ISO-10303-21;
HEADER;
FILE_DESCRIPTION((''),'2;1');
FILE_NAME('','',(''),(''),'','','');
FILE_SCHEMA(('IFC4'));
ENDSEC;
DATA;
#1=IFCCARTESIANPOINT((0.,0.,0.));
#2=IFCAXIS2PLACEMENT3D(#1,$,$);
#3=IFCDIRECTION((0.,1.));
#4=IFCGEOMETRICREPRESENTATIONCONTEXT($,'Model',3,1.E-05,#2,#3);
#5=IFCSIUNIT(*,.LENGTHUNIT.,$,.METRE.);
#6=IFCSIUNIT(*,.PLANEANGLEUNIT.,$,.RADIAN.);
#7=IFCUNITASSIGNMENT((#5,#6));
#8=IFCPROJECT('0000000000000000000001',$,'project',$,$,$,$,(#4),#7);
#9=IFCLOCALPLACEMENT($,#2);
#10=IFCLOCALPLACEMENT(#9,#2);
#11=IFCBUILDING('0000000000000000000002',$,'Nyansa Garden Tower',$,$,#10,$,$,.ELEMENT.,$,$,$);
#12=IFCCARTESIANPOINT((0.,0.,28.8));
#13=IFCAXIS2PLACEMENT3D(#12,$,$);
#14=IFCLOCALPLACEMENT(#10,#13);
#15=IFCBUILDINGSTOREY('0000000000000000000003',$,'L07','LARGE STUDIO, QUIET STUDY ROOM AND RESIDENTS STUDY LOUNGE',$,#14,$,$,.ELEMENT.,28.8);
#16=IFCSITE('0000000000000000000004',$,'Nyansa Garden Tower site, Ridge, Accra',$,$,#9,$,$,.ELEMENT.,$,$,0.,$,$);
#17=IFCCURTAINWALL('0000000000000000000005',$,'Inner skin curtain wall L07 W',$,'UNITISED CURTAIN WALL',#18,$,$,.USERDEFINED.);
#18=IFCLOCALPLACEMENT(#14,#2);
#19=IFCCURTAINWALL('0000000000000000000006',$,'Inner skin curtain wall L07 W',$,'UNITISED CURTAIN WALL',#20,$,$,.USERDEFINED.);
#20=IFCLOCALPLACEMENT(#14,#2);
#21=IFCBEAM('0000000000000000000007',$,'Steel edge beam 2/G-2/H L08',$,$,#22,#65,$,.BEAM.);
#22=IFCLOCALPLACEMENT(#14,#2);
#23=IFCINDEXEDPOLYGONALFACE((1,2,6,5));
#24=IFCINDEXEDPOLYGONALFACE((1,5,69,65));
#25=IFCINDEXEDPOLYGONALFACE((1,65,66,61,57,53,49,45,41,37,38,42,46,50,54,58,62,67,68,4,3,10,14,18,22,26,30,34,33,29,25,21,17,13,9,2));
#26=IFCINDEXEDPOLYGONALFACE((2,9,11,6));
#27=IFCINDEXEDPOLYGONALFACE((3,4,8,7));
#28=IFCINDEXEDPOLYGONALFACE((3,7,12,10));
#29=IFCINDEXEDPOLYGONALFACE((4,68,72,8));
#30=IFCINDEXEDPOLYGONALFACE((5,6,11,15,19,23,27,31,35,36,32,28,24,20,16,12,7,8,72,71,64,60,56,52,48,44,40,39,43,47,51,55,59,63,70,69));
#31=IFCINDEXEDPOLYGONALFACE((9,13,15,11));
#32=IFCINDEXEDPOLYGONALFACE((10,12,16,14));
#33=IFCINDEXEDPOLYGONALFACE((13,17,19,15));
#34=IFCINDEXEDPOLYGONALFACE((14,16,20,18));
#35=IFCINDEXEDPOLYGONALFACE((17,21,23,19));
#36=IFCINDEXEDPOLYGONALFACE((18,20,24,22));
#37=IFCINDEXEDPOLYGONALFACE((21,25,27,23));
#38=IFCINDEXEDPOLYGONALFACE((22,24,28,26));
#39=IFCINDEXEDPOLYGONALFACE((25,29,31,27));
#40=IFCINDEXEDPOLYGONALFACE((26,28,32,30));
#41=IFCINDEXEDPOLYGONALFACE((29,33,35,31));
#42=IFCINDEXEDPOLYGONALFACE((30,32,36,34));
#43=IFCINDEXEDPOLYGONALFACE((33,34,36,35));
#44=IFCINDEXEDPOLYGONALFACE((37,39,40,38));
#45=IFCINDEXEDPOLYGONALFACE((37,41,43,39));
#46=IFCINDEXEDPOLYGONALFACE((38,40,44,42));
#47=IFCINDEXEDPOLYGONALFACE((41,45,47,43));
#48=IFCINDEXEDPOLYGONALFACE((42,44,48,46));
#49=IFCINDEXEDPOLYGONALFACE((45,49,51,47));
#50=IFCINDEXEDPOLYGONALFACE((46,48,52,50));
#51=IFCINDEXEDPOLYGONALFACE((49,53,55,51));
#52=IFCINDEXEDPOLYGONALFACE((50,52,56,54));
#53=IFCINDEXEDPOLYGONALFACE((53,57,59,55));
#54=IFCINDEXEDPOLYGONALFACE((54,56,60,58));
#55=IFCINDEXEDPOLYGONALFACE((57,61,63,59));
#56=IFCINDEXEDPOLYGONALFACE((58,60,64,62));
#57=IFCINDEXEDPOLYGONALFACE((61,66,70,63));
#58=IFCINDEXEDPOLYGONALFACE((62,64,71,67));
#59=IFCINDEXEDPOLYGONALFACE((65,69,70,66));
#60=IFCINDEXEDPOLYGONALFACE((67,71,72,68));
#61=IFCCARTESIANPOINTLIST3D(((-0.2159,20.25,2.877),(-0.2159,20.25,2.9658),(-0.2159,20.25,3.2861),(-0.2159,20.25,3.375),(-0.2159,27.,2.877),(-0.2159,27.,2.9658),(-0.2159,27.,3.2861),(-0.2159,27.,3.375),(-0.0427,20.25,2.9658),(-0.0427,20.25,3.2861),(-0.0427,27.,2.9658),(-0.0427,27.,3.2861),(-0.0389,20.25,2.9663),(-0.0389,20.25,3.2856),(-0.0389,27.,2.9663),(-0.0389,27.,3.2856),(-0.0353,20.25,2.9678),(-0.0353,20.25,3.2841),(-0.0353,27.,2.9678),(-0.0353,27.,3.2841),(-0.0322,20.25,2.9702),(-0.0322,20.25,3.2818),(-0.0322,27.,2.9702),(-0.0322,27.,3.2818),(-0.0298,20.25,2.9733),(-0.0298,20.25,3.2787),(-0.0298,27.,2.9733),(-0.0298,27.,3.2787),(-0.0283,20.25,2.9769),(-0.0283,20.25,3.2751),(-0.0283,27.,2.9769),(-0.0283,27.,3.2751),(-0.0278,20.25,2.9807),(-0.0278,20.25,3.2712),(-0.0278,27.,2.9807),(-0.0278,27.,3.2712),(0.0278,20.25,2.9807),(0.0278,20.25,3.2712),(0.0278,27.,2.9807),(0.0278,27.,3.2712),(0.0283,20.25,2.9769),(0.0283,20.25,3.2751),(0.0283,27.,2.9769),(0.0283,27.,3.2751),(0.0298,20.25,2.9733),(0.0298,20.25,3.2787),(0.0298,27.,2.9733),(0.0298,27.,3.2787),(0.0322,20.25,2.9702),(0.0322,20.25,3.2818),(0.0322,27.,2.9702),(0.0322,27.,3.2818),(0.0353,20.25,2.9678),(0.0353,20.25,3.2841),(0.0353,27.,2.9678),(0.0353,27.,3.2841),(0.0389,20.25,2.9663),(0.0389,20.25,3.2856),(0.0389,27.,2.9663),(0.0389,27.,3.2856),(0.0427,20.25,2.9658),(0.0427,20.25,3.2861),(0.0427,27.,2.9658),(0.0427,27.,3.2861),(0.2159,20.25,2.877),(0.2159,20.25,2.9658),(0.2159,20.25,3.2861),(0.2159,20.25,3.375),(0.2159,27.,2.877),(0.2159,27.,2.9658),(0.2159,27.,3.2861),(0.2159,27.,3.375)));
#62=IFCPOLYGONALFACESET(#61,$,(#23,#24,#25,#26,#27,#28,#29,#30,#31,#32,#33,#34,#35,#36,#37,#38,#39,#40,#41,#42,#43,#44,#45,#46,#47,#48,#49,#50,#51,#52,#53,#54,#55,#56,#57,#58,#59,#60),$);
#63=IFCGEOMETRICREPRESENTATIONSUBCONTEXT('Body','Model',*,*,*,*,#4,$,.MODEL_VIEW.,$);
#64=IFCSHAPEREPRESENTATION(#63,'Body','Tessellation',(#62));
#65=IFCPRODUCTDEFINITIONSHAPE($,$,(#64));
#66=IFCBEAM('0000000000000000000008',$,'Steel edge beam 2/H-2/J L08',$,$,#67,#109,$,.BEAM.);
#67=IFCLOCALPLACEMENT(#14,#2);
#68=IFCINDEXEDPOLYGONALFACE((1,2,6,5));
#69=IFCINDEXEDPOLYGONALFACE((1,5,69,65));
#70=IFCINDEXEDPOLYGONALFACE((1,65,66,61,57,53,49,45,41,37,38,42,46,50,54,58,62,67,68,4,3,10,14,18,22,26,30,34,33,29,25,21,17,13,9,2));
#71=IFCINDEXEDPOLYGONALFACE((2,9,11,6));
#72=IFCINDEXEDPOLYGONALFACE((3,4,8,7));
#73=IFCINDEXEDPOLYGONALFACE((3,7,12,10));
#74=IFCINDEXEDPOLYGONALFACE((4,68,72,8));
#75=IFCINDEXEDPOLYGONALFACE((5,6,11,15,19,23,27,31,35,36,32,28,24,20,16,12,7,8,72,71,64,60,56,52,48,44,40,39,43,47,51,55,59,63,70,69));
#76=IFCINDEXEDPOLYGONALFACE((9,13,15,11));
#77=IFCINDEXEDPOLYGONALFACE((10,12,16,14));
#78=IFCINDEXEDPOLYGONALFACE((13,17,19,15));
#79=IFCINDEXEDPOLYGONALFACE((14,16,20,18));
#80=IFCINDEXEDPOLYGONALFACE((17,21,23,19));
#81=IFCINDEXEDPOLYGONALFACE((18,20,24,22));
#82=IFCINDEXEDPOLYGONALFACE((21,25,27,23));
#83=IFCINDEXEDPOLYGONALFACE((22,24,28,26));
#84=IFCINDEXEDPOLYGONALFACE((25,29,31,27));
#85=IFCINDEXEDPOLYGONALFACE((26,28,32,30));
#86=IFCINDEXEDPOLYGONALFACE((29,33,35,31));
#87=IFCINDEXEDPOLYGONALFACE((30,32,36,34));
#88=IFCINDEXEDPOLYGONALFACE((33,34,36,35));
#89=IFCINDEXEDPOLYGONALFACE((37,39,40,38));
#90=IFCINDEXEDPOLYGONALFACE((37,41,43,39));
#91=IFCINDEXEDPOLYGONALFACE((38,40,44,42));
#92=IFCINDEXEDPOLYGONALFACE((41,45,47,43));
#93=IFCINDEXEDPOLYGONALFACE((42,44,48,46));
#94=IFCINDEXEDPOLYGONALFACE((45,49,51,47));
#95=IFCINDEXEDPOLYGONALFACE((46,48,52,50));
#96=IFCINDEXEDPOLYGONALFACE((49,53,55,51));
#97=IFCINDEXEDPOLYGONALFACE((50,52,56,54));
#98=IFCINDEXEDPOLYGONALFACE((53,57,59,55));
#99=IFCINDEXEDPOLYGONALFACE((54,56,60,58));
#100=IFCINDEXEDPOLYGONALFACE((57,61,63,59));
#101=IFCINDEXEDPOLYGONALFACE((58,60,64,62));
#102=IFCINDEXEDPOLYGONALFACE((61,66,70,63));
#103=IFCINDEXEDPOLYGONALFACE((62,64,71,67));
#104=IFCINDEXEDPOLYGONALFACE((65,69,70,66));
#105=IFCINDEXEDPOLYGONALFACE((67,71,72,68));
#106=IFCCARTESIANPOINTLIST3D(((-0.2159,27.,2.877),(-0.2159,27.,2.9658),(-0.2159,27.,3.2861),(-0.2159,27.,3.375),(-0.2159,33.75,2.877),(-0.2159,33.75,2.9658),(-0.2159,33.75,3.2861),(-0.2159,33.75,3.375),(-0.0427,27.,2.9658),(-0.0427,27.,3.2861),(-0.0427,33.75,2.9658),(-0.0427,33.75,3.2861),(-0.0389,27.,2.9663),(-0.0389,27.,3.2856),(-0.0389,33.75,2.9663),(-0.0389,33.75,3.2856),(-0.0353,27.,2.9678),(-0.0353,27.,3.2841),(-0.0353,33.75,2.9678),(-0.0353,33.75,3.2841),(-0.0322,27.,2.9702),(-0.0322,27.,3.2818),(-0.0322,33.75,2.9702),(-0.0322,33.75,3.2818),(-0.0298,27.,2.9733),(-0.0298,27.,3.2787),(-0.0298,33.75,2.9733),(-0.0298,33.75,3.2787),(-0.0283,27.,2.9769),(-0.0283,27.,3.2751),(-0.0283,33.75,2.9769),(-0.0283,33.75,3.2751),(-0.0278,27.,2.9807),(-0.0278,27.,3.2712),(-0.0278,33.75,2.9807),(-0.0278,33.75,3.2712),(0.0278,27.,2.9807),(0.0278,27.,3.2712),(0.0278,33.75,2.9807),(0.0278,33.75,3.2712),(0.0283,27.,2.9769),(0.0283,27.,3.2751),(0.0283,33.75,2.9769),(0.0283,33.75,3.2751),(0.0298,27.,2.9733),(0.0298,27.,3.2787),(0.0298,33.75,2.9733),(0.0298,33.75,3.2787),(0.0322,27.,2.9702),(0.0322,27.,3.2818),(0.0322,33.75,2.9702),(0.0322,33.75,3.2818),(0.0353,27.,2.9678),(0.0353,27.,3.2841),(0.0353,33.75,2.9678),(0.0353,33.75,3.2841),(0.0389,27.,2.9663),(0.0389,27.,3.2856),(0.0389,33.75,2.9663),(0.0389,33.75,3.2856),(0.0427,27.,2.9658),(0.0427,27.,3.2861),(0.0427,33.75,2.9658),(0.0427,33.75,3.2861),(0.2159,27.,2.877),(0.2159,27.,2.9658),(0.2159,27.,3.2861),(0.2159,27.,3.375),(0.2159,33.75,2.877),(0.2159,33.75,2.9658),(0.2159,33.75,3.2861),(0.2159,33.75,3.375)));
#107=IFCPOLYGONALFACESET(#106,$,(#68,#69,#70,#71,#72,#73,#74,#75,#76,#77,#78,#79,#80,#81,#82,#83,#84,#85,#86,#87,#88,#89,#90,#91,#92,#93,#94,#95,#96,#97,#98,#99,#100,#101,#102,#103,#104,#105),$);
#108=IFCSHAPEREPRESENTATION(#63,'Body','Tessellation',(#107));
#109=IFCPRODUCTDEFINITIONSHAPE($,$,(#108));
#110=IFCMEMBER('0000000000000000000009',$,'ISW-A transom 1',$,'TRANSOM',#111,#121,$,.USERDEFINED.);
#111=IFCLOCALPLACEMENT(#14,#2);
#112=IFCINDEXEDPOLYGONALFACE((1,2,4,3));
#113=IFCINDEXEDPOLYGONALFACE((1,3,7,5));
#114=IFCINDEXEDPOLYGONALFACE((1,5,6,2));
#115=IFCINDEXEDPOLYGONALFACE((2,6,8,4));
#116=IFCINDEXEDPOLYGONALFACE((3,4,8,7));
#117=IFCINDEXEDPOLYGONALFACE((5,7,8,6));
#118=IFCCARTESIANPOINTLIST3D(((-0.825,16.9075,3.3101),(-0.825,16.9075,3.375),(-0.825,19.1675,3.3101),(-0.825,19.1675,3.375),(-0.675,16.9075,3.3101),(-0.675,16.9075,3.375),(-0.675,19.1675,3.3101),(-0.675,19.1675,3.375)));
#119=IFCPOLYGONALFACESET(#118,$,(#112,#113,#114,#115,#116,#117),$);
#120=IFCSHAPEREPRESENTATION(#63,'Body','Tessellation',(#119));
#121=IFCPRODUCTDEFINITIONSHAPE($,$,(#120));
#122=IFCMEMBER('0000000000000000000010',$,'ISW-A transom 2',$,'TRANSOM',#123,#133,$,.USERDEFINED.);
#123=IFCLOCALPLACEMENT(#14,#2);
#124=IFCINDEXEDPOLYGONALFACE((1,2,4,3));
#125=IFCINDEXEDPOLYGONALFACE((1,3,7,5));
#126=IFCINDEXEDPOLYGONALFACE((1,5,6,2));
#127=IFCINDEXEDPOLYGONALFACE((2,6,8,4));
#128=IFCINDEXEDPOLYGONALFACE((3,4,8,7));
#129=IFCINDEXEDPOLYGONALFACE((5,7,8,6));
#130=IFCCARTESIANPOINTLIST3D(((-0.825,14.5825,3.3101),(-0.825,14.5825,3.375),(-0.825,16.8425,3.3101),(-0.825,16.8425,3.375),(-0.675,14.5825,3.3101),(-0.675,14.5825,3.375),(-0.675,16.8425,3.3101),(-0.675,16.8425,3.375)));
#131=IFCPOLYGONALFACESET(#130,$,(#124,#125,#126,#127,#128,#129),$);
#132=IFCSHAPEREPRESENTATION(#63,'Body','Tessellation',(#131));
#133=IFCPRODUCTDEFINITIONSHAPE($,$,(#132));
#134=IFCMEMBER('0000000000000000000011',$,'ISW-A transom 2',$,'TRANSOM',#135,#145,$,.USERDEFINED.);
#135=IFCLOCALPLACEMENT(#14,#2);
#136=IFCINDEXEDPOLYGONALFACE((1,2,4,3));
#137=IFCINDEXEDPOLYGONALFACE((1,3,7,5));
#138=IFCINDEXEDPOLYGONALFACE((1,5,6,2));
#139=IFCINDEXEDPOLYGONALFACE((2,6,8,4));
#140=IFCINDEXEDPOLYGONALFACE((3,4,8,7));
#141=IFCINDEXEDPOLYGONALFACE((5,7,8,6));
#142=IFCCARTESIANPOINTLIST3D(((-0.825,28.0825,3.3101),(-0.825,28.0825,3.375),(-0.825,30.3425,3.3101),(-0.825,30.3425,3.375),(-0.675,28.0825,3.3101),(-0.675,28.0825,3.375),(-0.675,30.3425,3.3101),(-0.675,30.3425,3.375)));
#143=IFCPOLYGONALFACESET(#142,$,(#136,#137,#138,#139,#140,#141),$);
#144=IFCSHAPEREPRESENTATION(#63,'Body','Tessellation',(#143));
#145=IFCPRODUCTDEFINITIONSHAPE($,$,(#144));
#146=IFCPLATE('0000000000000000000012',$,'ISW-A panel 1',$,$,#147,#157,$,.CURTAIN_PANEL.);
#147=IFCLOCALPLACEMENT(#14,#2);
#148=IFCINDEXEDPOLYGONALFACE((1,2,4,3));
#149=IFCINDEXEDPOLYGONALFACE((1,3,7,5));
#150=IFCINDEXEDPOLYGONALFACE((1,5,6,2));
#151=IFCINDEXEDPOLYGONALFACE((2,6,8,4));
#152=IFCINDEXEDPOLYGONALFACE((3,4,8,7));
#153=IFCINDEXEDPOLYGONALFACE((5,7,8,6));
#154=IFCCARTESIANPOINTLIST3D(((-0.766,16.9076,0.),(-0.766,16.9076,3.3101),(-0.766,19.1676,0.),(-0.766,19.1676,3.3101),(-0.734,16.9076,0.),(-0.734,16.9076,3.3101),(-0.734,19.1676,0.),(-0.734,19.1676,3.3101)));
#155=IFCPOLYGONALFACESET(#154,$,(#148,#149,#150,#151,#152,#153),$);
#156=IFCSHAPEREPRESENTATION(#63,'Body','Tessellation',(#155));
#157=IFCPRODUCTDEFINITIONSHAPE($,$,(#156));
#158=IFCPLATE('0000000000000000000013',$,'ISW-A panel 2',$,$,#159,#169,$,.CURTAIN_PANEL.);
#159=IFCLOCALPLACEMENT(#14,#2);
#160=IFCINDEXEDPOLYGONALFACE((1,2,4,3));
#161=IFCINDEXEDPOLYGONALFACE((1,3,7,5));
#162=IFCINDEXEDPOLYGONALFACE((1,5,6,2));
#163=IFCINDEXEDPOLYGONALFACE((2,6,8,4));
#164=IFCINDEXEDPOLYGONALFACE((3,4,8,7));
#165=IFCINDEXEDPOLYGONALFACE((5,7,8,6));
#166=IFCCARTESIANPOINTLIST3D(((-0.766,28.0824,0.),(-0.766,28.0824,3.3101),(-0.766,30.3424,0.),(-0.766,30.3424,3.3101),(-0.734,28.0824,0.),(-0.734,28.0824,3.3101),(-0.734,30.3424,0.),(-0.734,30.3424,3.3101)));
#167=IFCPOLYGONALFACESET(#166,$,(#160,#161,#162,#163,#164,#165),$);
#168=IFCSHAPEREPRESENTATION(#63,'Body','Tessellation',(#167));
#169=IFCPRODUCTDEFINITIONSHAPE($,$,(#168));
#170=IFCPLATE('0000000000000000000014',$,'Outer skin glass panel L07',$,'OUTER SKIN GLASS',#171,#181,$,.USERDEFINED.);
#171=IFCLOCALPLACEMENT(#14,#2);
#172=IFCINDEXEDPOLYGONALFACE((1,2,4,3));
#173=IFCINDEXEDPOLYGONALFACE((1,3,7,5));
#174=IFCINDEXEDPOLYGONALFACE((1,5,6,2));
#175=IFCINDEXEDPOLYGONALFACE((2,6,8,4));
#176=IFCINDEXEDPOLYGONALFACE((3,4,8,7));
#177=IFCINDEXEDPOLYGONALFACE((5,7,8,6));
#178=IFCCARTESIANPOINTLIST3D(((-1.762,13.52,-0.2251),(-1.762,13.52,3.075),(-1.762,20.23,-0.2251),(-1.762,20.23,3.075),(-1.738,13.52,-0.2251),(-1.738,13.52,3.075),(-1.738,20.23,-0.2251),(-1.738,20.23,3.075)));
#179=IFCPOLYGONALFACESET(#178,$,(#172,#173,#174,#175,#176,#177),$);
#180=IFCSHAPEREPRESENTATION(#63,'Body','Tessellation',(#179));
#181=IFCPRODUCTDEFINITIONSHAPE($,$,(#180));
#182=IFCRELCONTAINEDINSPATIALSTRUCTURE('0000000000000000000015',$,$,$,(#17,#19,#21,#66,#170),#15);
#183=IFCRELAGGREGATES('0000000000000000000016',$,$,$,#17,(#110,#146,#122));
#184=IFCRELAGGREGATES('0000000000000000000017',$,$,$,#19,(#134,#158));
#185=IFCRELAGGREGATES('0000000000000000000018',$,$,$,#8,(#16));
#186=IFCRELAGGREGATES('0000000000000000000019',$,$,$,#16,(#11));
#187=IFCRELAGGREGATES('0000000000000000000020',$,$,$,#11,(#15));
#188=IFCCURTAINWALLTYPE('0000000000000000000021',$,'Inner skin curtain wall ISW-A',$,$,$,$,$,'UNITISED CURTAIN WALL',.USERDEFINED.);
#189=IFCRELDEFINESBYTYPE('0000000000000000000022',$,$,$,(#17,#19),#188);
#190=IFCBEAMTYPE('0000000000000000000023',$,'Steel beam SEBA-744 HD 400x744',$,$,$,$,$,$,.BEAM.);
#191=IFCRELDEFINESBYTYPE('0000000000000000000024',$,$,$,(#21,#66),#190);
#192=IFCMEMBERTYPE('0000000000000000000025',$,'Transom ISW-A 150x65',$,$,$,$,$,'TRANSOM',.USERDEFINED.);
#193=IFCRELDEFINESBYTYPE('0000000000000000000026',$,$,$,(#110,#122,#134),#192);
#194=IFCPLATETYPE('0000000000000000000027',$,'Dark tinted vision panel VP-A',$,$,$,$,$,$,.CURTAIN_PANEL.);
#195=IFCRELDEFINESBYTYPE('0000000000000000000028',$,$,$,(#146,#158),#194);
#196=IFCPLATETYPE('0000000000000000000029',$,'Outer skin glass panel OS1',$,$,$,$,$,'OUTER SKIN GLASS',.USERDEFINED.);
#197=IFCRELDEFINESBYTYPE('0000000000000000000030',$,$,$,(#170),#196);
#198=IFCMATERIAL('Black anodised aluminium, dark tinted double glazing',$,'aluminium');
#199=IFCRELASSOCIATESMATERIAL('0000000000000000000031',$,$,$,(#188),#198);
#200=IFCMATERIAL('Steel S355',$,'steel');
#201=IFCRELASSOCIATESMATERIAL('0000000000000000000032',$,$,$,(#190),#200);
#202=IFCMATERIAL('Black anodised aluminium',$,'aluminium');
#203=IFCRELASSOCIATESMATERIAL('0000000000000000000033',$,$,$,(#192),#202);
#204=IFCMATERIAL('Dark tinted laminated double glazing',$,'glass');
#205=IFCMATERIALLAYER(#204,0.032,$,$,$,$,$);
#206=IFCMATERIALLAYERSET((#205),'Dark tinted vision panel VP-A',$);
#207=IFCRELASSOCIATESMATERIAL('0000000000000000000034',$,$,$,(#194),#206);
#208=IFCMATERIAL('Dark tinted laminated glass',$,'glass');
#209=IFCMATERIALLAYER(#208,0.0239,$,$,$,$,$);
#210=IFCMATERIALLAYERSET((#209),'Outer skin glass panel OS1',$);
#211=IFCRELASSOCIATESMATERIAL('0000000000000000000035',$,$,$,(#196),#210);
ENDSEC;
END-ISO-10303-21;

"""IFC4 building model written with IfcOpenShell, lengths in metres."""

from ifc_helpers import new_model, si_unit, direction, frame, origin, origin_2d, place, context, subcontext, project, spatial, rectangle, i_section, extrude, material, layer, layer_set, material_profile, profile_set, type_object, element, aggregate, save


model = new_model("IFC4")

# Units and contexts
model_context = context("Model", 3, precision=1e-05, world=origin(), true_north=direction((0.0, 1.0)))
body_context = subcontext(model_context, "Body", "Model", "MODEL_VIEW")
ifc_project = project(units=[si_unit("LENGTHUNIT", "METRE"), si_unit("PLANEANGLEUNIT", "RADIAN")], contexts=[model_context])

# Site, building, storey
site_placement = place(None, origin())
site = spatial("IfcSite", under=ifc_project, at=site_placement, Name="Nyansa Garden Tower site, Ridge, Accra", CompositionType="ELEMENT", RefElevation=0.0)
building_placement = place(site_placement, origin())
building = spatial("IfcBuilding", under=site, at=building_placement, Name="Nyansa Garden Tower", CompositionType="ELEMENT")
storey_placement = place(building_placement, frame((0.0, 0.0, 28.8)))
storey = spatial("IfcBuildingStorey", under=building, at=storey_placement, Name="L07", Description="LARGE STUDIO, QUIET STUDY ROOM AND RESIDENTS STUDY LOUNGE", CompositionType="ELEMENT", Elevation=28.8)

# Curtain walls
ifc_material_1 = material(Name="Black anodised aluminium, dark tinted double glazing", Category="aluminium")
curtain_wall_type = type_object("IfcCurtainWallType", Name="Inner skin curtain wall ISW-A", ElementType="UNITISED CURTAIN WALL", PredefinedType="USERDEFINED", material=ifc_material_1)
curtain_wall_1_placement = place(storey_placement, origin())
curtain_wall_1 = element("IfcCurtainWall", 1, at=curtain_wall_1_placement, inside=storey, type_object=curtain_wall_type, Name="Inner skin curtain wall L07 W", ObjectType="UNITISED CURTAIN WALL", PredefinedType="USERDEFINED")
curtain_wall_2_placement = place(storey_placement, origin())
curtain_wall_2 = element("IfcCurtainWall", 2, at=curtain_wall_2_placement, inside=storey, type_object=curtain_wall_type, Name="Inner skin curtain wall L07 W", ObjectType="UNITISED CURTAIN WALL", PredefinedType="USERDEFINED")

# Beams
ifc_material_2 = material(Name="Steel S355", Category="steel")
ifc_material_profile_1 = material_profile(ifc_material_2, i_section(OverallWidth=0.4319, OverallDepth=0.498, WebThickness=0.0557, FlangeThickness=0.0889, FilletRadius=0.0149, at=origin_2d()), Name="HD 400x744")
ifc_profile_set_1 = profile_set([ifc_material_profile_1], Name="Steel S355")
beam_type_1 = type_object("IfcBeamType", Name="Steel beam SEBA-744 HD 400x744", PredefinedType="BEAM", material=ifc_profile_set_1)
for number, where, z_axis, x_axis, name in (
    (3, (0.0, 20.25, 3.126), (0.0, 1.0, 0.0), (-1.0, 0.0, 0.0), "Steel edge beam 2/G-2/H L08"),
    (4, (0.0, 27.0, 3.126), (0.0, 1.0, 0.0), (-1.0, 0.0, 0.0), "Steel edge beam 2/H-2/J L08"),
):
    element("IfcBeam", number, at=place(storey_placement, frame(where, z_axis=z_axis, x_axis=x_axis)), inside=storey, type_object=beam_type_1, Name=name, PredefinedType="BEAM", context=body_context, shape_type="SweptSolid", body=[
        extrude(i_section(OverallWidth=0.4319, OverallDepth=0.498, WebThickness=0.0557, FlangeThickness=0.0889, FilletRadius=0.0149, at=origin_2d()), origin(), (0.0, 0.0, 1.0), 6.75),
    ])

# Members
ifc_material_3 = material(Name="Black anodised aluminium", Category="aluminium")
ifc_material_profile_2 = material_profile(ifc_material_3, rectangle(XDim=0.1499, YDim=0.0649, at=origin_2d()), Name="Transom 150x65")
ifc_profile_set_2 = profile_set([ifc_material_profile_2], Name="Black anodised aluminium")
member_type_1 = type_object("IfcMemberType", Name="Transom ISW-A 150x65", ElementType="TRANSOM", PredefinedType="USERDEFINED", material=ifc_profile_set_2)
member_1_placement = place(storey_placement, frame((-0.75, 19.1675, 3.3425), z_axis=(0.0, -1.0, 0.0), x_axis=(1.0, 0.0, 0.0)))
member_1 = element("IfcMember", 5, at=member_1_placement, type_object=member_type_1, Name="ISW-A transom 1", ObjectType="TRANSOM", PredefinedType="USERDEFINED", context=body_context, shape_type="SweptSolid", body=[
    extrude(rectangle(XDim=0.1499, YDim=0.0649, at=origin_2d()), origin(), (0.0, 0.0, 1.0), 2.26),
])
member_2_placement = place(storey_placement, frame((-0.75, 16.8425, 3.3425), z_axis=(0.0, -1.0, 0.0), x_axis=(1.0, 0.0, 0.0)))
member_2 = element("IfcMember", 6, at=member_2_placement, type_object=member_type_1, Name="ISW-A transom 2", ObjectType="TRANSOM", PredefinedType="USERDEFINED", context=body_context, shape_type="SweptSolid", body=[
    extrude(rectangle(XDim=0.1499, YDim=0.0649, at=origin_2d()), origin(), (0.0, 0.0, 1.0), 2.26),
])
member_3_placement = place(storey_placement, frame((-0.75, 30.3425, 3.3425), z_axis=(0.0, -1.0, 0.0), x_axis=(1.0, 0.0, 0.0)))
member_3 = element("IfcMember", 7, at=member_3_placement, type_object=member_type_1, Name="ISW-A transom 2", ObjectType="TRANSOM", PredefinedType="USERDEFINED", context=body_context, shape_type="SweptSolid", body=[
    extrude(rectangle(XDim=0.1499, YDim=0.0649, at=origin_2d()), origin(), (0.0, 0.0, 1.0), 2.26),
])

# Plates
ifc_material_4 = material(Name="Dark tinted laminated double glazing", Category="glass")
ifc_layer_1 = layer(ifc_material_4, 0.032)
ifc_layer_set_1 = layer_set([ifc_layer_1], Name="Dark tinted vision panel VP-A")
plate_type_1 = type_object("IfcPlateType", Name="Dark tinted vision panel VP-A", PredefinedType="CURTAIN_PANEL", material=ifc_layer_set_1)
plate_1_placement = place(storey_placement, frame((-0.75, 18.0376, 0.0), z_axis=(0.0, 0.0, 1.0), x_axis=(0.0, -1.0, 0.0)))
plate_1 = element("IfcPlate", 8, at=plate_1_placement, type_object=plate_type_1, Name="ISW-A panel 1", PredefinedType="CURTAIN_PANEL", context=body_context, shape_type="SweptSolid", body=[
    extrude(rectangle(XDim=2.26, YDim=0.032, at=origin_2d()), origin(), (0.0, 0.0, 1.0), 3.3101),
])
aggregate(curtain_wall_1, [member_1, plate_1, member_2])
plate_2_placement = place(storey_placement, frame((-0.75, 29.2124, 0.0), z_axis=(0.0, 0.0, 1.0), x_axis=(0.0, -1.0, 0.0)))
plate_2 = element("IfcPlate", 9, at=plate_2_placement, type_object=plate_type_1, Name="ISW-A panel 2", PredefinedType="CURTAIN_PANEL", context=body_context, shape_type="SweptSolid", body=[
    extrude(rectangle(XDim=2.26, YDim=0.032, at=origin_2d()), origin(), (0.0, 0.0, 1.0), 3.3101),
])
aggregate(curtain_wall_2, [member_3, plate_2])
ifc_material_5 = material(Name="Dark tinted laminated glass", Category="glass")
ifc_layer_2 = layer(ifc_material_5, 0.0239)
ifc_layer_set_2 = layer_set([ifc_layer_2], Name="Outer skin glass panel OS1")
plate_type_2 = type_object("IfcPlateType", Name="Outer skin glass panel OS1", ElementType="OUTER SKIN GLASS", PredefinedType="USERDEFINED", material=ifc_layer_set_2)
plate_3_placement = place(storey_placement, frame((-1.75, 16.875, -0.2251), z_axis=(0.0, 0.0, 1.0), x_axis=(0.0, 1.0, 0.0)))
element("IfcPlate", 10, at=plate_3_placement, inside=storey, type_object=plate_type_2, Name="Outer skin glass panel L07", ObjectType="OUTER SKIN GLASS", PredefinedType="USERDEFINED", context=body_context, shape_type="SweptSolid", body=[
    extrude(rectangle(XDim=6.71, YDim=0.0239, at=origin_2d()), origin(), (0.0, 0.0, 1.0), 3.3),
])

save(model, "model.ifc")
